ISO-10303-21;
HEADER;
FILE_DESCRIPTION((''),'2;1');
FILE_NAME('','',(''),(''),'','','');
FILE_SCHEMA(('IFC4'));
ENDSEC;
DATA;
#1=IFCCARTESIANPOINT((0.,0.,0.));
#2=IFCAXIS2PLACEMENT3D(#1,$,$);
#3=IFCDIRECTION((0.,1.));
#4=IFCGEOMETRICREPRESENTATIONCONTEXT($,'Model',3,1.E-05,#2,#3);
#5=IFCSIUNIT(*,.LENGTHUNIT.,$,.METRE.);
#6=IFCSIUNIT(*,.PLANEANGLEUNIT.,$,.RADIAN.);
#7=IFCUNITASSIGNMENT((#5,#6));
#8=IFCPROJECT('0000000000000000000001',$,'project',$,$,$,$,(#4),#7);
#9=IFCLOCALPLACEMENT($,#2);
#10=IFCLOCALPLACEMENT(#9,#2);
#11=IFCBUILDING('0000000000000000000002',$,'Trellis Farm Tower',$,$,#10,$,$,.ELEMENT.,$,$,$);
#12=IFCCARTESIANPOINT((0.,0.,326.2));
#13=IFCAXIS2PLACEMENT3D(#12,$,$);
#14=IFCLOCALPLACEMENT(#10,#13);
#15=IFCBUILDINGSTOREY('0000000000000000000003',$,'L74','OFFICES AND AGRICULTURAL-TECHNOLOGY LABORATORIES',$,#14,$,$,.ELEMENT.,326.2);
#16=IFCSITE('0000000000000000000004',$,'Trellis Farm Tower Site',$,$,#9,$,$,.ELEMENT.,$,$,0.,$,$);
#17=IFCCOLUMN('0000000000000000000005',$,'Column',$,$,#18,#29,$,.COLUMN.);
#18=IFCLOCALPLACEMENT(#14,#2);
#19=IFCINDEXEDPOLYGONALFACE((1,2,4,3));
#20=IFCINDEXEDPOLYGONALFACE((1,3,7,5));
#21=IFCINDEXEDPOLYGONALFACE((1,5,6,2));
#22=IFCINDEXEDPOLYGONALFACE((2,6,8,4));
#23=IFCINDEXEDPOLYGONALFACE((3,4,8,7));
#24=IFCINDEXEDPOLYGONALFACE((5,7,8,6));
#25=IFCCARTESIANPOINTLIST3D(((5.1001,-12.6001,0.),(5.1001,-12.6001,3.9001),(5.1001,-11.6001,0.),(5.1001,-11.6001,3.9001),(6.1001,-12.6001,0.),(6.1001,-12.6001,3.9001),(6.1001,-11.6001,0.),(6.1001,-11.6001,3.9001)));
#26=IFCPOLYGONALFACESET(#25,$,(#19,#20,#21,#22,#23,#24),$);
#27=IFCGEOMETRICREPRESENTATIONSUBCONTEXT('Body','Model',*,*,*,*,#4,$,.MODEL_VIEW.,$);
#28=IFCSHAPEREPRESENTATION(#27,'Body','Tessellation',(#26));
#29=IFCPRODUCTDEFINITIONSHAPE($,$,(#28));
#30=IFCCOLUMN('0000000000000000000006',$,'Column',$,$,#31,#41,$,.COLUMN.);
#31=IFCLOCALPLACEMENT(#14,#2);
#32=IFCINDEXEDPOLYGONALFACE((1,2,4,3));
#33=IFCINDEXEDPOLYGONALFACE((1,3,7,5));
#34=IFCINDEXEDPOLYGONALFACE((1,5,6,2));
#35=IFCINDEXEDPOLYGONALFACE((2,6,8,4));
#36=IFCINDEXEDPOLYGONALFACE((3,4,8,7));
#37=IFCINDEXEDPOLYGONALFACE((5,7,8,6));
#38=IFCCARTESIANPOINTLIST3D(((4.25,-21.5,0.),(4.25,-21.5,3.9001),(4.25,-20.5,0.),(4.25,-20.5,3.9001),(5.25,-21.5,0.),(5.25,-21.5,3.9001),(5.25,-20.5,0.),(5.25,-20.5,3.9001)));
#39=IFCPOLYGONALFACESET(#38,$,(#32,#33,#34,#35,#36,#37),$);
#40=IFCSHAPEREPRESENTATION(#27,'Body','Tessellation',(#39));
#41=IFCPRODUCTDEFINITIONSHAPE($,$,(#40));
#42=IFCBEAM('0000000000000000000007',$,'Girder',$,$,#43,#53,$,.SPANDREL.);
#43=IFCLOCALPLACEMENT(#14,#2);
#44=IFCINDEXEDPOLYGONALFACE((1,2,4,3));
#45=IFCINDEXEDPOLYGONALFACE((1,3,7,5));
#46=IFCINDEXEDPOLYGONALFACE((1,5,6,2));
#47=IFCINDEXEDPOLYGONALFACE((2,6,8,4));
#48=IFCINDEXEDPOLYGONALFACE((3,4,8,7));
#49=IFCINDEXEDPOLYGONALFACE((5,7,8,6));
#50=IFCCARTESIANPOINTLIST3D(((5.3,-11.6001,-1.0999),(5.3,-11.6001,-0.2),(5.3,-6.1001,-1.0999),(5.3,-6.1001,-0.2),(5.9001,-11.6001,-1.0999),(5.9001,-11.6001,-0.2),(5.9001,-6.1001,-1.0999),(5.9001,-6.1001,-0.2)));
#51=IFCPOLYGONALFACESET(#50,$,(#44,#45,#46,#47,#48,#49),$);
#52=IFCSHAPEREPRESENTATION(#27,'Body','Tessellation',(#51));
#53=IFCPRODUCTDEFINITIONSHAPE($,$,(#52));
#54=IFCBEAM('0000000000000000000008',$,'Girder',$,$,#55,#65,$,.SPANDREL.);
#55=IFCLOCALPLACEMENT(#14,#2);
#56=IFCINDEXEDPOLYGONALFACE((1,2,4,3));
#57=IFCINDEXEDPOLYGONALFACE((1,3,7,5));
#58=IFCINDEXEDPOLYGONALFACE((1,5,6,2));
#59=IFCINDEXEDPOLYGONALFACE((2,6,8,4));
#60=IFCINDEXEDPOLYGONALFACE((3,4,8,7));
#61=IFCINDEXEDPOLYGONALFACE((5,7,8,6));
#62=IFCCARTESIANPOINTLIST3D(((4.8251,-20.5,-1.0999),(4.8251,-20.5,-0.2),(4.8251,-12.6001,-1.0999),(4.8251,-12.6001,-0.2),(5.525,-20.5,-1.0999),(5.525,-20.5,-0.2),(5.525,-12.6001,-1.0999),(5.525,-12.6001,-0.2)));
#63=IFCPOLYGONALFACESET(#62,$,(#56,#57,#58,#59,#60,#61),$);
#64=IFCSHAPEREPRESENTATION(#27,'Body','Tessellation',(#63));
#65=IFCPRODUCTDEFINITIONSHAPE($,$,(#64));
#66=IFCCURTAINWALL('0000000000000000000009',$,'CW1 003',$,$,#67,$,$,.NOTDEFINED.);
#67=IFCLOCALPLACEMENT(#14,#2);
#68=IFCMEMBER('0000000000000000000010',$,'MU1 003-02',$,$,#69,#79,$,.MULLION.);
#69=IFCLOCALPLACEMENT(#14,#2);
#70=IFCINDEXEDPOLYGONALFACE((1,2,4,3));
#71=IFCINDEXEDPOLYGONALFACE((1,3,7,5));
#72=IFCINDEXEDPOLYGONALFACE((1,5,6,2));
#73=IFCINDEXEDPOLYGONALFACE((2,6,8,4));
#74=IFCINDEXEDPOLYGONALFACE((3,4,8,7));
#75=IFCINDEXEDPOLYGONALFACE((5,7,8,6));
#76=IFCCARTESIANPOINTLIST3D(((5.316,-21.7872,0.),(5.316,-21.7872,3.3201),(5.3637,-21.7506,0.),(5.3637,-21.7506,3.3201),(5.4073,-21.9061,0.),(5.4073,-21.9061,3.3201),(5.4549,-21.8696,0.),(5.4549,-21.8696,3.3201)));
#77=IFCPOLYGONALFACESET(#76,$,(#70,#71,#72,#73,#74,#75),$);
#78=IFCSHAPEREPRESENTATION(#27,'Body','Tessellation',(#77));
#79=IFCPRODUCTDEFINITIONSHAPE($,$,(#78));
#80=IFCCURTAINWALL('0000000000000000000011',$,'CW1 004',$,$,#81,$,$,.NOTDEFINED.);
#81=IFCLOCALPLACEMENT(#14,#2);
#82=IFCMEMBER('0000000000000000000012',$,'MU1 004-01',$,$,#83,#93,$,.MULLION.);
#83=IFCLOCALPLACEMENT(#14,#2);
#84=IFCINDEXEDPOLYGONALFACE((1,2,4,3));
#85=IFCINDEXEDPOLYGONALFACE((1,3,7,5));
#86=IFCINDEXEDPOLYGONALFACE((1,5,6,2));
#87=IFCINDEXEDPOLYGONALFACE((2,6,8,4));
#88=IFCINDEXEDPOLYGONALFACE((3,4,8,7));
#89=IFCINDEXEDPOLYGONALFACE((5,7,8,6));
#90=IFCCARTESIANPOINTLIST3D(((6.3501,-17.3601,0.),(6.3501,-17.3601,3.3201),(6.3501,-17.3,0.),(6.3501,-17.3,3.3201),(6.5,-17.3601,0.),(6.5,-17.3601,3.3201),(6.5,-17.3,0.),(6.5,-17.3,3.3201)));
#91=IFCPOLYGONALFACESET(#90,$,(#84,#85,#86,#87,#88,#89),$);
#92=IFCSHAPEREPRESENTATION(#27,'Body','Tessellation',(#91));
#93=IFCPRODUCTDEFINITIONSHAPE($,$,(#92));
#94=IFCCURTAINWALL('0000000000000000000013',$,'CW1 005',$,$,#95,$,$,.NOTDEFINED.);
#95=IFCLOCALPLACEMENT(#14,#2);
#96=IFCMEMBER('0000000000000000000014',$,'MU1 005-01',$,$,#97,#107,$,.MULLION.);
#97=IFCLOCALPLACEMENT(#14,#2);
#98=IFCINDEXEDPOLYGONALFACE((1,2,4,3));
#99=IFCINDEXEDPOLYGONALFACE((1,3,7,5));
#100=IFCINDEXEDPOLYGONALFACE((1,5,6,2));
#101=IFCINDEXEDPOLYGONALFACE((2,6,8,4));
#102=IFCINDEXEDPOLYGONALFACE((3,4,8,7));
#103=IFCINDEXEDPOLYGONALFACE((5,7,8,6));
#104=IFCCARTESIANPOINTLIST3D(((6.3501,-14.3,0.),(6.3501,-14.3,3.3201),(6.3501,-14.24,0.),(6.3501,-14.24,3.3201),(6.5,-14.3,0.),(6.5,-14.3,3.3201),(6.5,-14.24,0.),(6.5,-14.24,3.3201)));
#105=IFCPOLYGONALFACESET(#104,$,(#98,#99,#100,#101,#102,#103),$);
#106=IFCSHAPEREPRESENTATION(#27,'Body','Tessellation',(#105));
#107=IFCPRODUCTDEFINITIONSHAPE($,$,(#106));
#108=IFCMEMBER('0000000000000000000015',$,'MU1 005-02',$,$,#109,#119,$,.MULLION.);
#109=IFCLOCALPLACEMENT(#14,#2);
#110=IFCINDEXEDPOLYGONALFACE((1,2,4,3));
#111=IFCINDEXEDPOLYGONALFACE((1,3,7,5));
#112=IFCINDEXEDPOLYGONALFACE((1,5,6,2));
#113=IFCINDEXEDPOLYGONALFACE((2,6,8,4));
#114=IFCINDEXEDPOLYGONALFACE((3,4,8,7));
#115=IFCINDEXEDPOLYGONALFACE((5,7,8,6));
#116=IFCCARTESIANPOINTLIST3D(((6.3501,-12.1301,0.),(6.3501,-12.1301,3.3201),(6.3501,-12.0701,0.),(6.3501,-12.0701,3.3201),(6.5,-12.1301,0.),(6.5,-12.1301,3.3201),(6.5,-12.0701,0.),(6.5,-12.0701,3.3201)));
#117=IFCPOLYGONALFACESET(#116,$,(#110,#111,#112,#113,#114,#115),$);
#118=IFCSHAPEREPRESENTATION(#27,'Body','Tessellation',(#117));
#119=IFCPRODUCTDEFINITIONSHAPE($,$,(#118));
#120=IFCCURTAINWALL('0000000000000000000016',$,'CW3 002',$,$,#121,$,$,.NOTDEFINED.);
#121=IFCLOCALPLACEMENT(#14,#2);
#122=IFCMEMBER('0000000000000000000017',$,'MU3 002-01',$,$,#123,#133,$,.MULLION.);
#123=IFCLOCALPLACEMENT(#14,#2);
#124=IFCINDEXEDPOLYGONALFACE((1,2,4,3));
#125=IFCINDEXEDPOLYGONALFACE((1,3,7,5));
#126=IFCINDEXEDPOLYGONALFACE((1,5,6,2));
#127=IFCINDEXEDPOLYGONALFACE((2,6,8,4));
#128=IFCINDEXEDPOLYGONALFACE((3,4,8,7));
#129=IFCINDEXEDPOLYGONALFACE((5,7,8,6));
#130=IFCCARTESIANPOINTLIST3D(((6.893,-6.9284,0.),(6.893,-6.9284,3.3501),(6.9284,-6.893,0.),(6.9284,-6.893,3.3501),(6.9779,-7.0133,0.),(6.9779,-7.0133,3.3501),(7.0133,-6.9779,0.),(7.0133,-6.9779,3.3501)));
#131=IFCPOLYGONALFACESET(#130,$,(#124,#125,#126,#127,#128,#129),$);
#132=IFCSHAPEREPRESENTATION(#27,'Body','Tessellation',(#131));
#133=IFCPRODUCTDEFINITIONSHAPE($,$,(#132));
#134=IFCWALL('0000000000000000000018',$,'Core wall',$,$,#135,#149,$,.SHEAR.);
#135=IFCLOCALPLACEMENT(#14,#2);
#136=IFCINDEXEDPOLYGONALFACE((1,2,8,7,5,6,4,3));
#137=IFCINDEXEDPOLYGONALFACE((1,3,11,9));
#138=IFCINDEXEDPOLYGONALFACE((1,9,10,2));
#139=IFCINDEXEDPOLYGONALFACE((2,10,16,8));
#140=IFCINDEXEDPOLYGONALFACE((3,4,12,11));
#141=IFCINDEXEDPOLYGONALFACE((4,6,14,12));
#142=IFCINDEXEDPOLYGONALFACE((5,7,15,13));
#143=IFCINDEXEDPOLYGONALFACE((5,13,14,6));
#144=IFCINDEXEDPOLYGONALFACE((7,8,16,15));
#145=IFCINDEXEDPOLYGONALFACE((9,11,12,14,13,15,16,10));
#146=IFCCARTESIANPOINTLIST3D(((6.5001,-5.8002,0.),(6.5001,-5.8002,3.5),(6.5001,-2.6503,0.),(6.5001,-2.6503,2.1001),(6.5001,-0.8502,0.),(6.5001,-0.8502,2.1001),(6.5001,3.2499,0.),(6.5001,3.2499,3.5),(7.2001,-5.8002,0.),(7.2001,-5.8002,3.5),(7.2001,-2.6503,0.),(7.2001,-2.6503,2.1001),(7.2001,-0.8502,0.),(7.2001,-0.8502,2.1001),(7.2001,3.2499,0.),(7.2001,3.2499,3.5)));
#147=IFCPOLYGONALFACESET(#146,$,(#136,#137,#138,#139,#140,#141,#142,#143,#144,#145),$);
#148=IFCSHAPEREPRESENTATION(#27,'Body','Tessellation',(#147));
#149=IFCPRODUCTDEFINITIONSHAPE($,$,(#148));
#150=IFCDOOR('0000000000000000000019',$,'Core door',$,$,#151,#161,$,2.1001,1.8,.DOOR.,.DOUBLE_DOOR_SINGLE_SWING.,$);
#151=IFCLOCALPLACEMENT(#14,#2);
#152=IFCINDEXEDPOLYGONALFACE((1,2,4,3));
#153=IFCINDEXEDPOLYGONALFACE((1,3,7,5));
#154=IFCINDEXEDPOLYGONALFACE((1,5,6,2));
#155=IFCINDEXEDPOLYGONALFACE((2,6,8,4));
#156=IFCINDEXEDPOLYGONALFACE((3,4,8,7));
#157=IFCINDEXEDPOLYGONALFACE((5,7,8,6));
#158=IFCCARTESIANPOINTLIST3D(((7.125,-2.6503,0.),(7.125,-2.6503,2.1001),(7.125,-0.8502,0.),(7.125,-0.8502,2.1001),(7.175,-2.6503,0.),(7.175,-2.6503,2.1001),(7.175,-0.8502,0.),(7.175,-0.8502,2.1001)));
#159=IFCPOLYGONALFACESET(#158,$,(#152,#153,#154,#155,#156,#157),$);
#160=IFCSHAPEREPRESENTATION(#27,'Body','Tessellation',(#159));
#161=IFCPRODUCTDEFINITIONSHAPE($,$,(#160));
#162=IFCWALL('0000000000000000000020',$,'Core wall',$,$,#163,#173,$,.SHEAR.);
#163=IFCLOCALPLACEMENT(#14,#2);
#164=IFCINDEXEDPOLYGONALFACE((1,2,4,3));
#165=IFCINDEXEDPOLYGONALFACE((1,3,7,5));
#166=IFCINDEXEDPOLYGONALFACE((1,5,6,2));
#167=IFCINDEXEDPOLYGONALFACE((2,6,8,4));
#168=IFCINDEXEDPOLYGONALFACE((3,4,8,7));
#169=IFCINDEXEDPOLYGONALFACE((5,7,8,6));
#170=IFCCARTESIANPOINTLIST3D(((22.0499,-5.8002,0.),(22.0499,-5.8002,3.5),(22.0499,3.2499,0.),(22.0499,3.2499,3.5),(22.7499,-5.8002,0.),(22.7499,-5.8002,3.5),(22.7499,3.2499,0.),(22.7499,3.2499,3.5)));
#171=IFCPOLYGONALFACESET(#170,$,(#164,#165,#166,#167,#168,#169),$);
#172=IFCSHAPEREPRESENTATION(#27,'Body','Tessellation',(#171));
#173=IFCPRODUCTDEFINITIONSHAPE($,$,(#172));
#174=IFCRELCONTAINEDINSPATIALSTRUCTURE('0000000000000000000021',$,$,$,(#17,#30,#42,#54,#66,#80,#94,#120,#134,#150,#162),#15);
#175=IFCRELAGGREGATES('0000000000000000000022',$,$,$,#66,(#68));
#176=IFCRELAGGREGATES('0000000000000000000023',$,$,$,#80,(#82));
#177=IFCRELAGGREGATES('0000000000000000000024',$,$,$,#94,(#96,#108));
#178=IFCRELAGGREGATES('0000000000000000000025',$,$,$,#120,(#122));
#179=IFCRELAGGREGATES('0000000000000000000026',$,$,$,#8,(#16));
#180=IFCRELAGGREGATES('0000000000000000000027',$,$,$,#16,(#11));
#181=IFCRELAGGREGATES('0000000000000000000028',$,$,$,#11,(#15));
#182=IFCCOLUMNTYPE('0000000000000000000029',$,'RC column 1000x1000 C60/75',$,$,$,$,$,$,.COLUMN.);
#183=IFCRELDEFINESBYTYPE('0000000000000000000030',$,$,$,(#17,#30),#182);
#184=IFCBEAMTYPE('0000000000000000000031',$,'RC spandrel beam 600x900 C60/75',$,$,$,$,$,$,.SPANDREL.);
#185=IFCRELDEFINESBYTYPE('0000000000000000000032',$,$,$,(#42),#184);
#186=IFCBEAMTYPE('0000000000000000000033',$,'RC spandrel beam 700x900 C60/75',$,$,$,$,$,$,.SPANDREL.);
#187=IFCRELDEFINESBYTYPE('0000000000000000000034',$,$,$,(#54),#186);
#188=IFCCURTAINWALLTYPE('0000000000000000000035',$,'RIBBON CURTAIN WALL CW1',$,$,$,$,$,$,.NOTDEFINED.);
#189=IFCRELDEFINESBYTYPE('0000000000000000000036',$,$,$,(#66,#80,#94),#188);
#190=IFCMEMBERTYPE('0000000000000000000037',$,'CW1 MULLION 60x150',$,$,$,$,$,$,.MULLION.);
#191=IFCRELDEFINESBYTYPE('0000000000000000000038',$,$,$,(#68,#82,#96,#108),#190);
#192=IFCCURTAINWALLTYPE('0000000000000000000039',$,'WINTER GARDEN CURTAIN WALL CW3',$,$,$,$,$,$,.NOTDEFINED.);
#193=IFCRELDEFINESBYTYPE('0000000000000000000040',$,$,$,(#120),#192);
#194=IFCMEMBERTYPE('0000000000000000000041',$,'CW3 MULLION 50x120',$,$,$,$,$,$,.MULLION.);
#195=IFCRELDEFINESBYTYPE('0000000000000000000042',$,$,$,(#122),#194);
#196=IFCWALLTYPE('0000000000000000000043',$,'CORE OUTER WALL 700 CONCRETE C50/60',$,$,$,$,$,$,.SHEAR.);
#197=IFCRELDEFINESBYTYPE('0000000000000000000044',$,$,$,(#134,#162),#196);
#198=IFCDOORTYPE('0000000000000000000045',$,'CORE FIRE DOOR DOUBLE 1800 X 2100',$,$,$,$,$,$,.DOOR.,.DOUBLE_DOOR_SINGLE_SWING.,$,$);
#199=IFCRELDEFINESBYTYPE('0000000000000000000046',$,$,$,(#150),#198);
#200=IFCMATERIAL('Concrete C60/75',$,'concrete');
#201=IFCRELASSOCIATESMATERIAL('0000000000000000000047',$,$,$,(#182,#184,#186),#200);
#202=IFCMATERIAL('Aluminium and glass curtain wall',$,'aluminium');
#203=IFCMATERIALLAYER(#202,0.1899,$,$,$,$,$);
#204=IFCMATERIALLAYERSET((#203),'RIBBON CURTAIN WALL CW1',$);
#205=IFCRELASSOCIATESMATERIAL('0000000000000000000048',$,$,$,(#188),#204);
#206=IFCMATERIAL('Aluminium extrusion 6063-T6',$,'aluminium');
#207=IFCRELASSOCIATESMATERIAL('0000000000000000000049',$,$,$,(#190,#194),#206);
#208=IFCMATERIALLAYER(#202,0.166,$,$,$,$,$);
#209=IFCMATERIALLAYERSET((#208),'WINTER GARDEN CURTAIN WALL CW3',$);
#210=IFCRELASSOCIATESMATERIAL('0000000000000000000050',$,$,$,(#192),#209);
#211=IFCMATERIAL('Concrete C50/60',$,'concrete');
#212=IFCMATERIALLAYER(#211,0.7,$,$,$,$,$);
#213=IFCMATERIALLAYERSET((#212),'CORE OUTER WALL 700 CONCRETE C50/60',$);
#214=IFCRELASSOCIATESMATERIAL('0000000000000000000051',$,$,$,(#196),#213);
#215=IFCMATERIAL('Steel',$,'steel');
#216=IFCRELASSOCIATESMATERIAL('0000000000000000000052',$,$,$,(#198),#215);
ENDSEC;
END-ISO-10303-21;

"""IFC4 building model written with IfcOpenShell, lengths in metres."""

from ifc_helpers import new_model, si_unit, direction, frame, frame_2d, origin, origin_2d, place, context, subcontext, project, spatial, rectangle, extrude, source, transform, mapped, material, layer, layer_set, material_profile, profile_set, type_object, element, fill, aggregate, save


model = new_model("IFC4")

# Units and contexts
model_context = context("Model", 3, precision=1e-05, world=origin(), true_north=direction((0.0, 1.0)))
body_context = subcontext(model_context, "Body", "Model", "MODEL_VIEW")
ifc_project = project(units=[si_unit("LENGTHUNIT", "METRE"), si_unit("PLANEANGLEUNIT", "RADIAN")], contexts=[model_context])

# Site, building, storey
site_placement = place(None, origin())
site = spatial("IfcSite", under=ifc_project, at=site_placement, Name="Trellis Farm Tower Site", CompositionType="ELEMENT", RefElevation=0.0)
building_placement = place(site_placement, origin())
building = spatial("IfcBuilding", under=site, at=building_placement, Name="Trellis Farm Tower", CompositionType="ELEMENT")
storey_placement = place(building_placement, frame((0.0, 0.0, 326.2)))
storey = spatial("IfcBuildingStorey", under=building, at=storey_placement, Name="L74", Description="OFFICES AND AGRICULTURAL-TECHNOLOGY LABORATORIES", CompositionType="ELEMENT", Elevation=326.2)

# Columns
ifc_material_1 = material(Name="Concrete C60/75", Category="concrete")
ifc_material_profile_1 = material_profile(ifc_material_1, rectangle(XDim=1.0, YDim=1.0, at=origin_2d()), Name="RC column 1000x1000 C60/75")
ifc_profile_set_1 = profile_set([ifc_material_profile_1], Name="Concrete C60/75")
column_type = type_object("IfcColumnType", Name="RC column 1000x1000 C60/75", PredefinedType="COLUMN", material=ifc_profile_set_1)
shared_shape_1 = source(origin(), body_context, "Body", "SweptSolid", [
    extrude(rectangle(XDim=1.0, YDim=1.0, at=origin_2d()), origin(), (0.0, 0.0, 1.0), 3.9001),
])
for number, where, z_axis, x_axis, name in (
    (1, (5.6001, -12.1001, 0.0), (0.0, 0.0, 1.0), (1.0, 0.0, 0.0), "Column"),
    (2, (4.75, -21.0, 0.0), (0.0, 0.0, 1.0), (1.0, 0.0, 0.0), "Column"),
):
    element("IfcColumn", number, at=place(storey_placement, frame(where, z_axis=z_axis, x_axis=x_axis)), inside=storey, type_object=column_type, Name=name, PredefinedType="COLUMN", context=body_context, shape_type="MappedRepresentation", body=[
        mapped(shared_shape_1, transform((0.0, 0.0, 0.0))),
    ])

# Beams
ifc_material_profile_2 = material_profile(ifc_material_1, rectangle(XDim=0.6001, YDim=0.8999, at=origin_2d()), Name="RC spandrel beam 600x900 C60/75")
ifc_profile_set_2 = profile_set([ifc_material_profile_2], Name="Concrete C60/75")
beam_type_1 = type_object("IfcBeamType", Name="RC spandrel beam 600x900 C60/75", PredefinedType="SPANDREL", material=ifc_profile_set_2)
shared_shape_2 = source(origin(), body_context, "Body", "SweptSolid", [
    extrude(rectangle(XDim=0.6001, YDim=0.8999, at=origin_2d()), origin(), (0.0, 0.0, 1.0), 5.5),
])
beam_1_placement = place(storey_placement, frame((5.6001, -11.6001, -0.6499), z_axis=(0.0, 1.0, 0.0), x_axis=(-1.0, 0.0, 0.0)))
element("IfcBeam", 3, at=beam_1_placement, inside=storey, type_object=beam_type_1, Name="Girder", PredefinedType="SPANDREL", context=body_context, shape_type="MappedRepresentation", body=[
    mapped(shared_shape_2, transform((0.0, 0.0, 0.0))),
])
ifc_material_profile_3 = material_profile(ifc_material_1, rectangle(XDim=0.7, YDim=0.8999, at=origin_2d()), Name="RC spandrel beam 700x900 C60/75")
ifc_profile_set_3 = profile_set([ifc_material_profile_3], Name="Concrete C60/75")
beam_type_2 = type_object("IfcBeamType", Name="RC spandrel beam 700x900 C60/75", PredefinedType="SPANDREL", material=ifc_profile_set_3)
shared_shape_3 = source(origin(), body_context, "Body", "SweptSolid", [
    extrude(rectangle(XDim=0.7, YDim=0.8999, at=origin_2d()), origin(), (0.0, 0.0, 1.0), 7.8999),
])
beam_2_placement = place(storey_placement, frame((5.175, -20.5, -0.6499), z_axis=(0.0, 1.0, 0.0), x_axis=(-1.0, 0.0, 0.0)))
element("IfcBeam", 4, at=beam_2_placement, inside=storey, type_object=beam_type_2, Name="Girder", PredefinedType="SPANDREL", context=body_context, shape_type="MappedRepresentation", body=[
    mapped(shared_shape_3, transform((0.0, 0.0, 0.0))),
])

# Curtain walls, members
ifc_material_2 = material(Name="Aluminium and glass curtain wall", Category="aluminium")
ifc_layer_1 = layer(ifc_material_2, 0.1899)
ifc_layer_set_1 = layer_set([ifc_layer_1], Name="RIBBON CURTAIN WALL CW1")
curtain_wall_type_1 = type_object("IfcCurtainWallType", Name="RIBBON CURTAIN WALL CW1", PredefinedType="NOTDEFINED", material=ifc_layer_set_1)
placement = place(storey_placement, origin())
curtain_wall_1 = element("IfcCurtainWall", 5, at=placement, inside=storey, type_object=curtain_wall_type_1, Name="CW1 003", PredefinedType="NOTDEFINED")
ifc_material_3 = material(Name="Aluminium extrusion 6063-T6", Category="aluminium")
ifc_material_profile_4 = material_profile(ifc_material_3, rectangle(XDim=0.0601, YDim=0.1499, at=origin_2d()), Name="MULLION 60x150")
ifc_profile_set_4 = profile_set([ifc_material_profile_4], Name="Aluminium extrusion 6063-T6")
member_type_1 = type_object("IfcMemberType", Name="CW1 MULLION 60x150", PredefinedType="MULLION", material=ifc_profile_set_4)
shared_shape_4 = source(origin(), body_context, "Body", "SweptSolid", [
    extrude(rectangle(XDim=0.0601, YDim=0.1499, at=origin_2d()), origin(), (0.0, 0.0, 1.0), 3.3201),
])
member_1_placement = place(storey_placement, frame((5.3855, -21.8284, 0.0), z_axis=(0.0, 0.0, 1.0), x_axis=(0.793353, 0.608761, 0.0)))
member_1 = element("IfcMember", 6, at=member_1_placement, type_object=member_type_1, Name="MU1 003-02", PredefinedType="MULLION", context=body_context, shape_type="MappedRepresentation", body=[
    mapped(shared_shape_4, transform((0.0, 0.0, 0.0))),
])
aggregate(curtain_wall_1, [member_1])
curtain_wall_2 = element("IfcCurtainWall", 7, at=placement, inside=storey, type_object=curtain_wall_type_1, Name="CW1 004", PredefinedType="NOTDEFINED")
member_2_placement = place(storey_placement, frame((6.425, -17.3301, 0.0), z_axis=(0.0, 0.0, 1.0), x_axis=(0.0, 1.0, 0.0)))
member_2 = element("IfcMember", 8, at=member_2_placement, type_object=member_type_1, Name="MU1 004-01", PredefinedType="MULLION", context=body_context, shape_type="MappedRepresentation", body=[
    mapped(shared_shape_4, transform((0.0, 0.0, 0.0))),
])
aggregate(curtain_wall_2, [member_2])

# Curtain wall, members
curtain_wall_3 = element("IfcCurtainWall", 9, at=placement, inside=storey, type_object=curtain_wall_type_1, Name="CW1 005", PredefinedType="NOTDEFINED")
member_3_placement = place(storey_placement, frame((6.425, -14.27, 0.0), z_axis=(0.0, 0.0, 1.0), x_axis=(0.0, 1.0, 0.0)))
member_3 = element("IfcMember", 10, at=member_3_placement, type_object=member_type_1, Name="MU1 005-01", PredefinedType="MULLION", context=body_context, shape_type="MappedRepresentation", body=[
    mapped(shared_shape_4, transform((0.0, 0.0, 0.0))),
])
member_4_placement = place(storey_placement, frame((6.425, -12.1001, 0.0), z_axis=(0.0, 0.0, 1.0), x_axis=(0.0, 1.0, 0.0)))
member_4 = element("IfcMember", 11, at=member_4_placement, type_object=member_type_1, Name="MU1 005-02", PredefinedType="MULLION", context=body_context, shape_type="MappedRepresentation", body=[
    mapped(shared_shape_4, transform((0.0, 0.0, 0.0))),
])
aggregate(curtain_wall_3, [member_3, member_4])

# Curtain wall, member
ifc_layer_2 = layer(ifc_material_2, 0.166)
ifc_layer_set_2 = layer_set([ifc_layer_2], Name="WINTER GARDEN CURTAIN WALL CW3")
curtain_wall_type_2 = type_object("IfcCurtainWallType", Name="WINTER GARDEN CURTAIN WALL CW3", PredefinedType="NOTDEFINED", material=ifc_layer_set_2)
curtain_wall_4 = element("IfcCurtainWall", 12, at=placement, inside=storey, type_object=curtain_wall_type_2, Name="CW3 002", PredefinedType="NOTDEFINED")
ifc_material_profile_5 = material_profile(ifc_material_3, rectangle(XDim=0.05, YDim=0.1201, at=origin_2d()), Name="MULLION 50x120")
ifc_profile_set_5 = profile_set([ifc_material_profile_5], Name="Aluminium extrusion 6063-T6")
member_type_2 = type_object("IfcMemberType", Name="CW3 MULLION 50x120", PredefinedType="MULLION", material=ifc_profile_set_5)
shared_shape_5 = source(origin(), body_context, "Body", "SweptSolid", [
    extrude(rectangle(XDim=0.05, YDim=0.1201, at=origin_2d()), origin(), (0.0, 0.0, 1.0), 3.3501),
])
member_5_placement = place(storey_placement, frame((6.9531, -6.9531, 0.0), z_axis=(0.0, 0.0, 1.0), x_axis=(0.707107, 0.707107, 0.0)))
member_5 = element("IfcMember", 13, at=member_5_placement, type_object=member_type_2, Name="MU3 002-01", PredefinedType="MULLION", context=body_context, shape_type="MappedRepresentation", body=[
    mapped(shared_shape_5, transform((0.0, 0.0, 0.0))),
])
aggregate(curtain_wall_4, [member_5])

# Wall, opening, door
ifc_material_4 = material(Name="Concrete C50/60", Category="concrete")
ifc_layer_3 = layer(ifc_material_4, 0.7)
ifc_layer_set_3 = layer_set([ifc_layer_3], Name="CORE OUTER WALL 700 CONCRETE C50/60")
wall_type_1 = type_object("IfcWallType", Name="CORE OUTER WALL 700 CONCRETE C50/60", PredefinedType="SHEAR", material=ifc_layer_set_3)
shared_shape_6 = source(origin(), body_context, "Body", "SweptSolid", [
    extrude(rectangle(XDim=9.05, YDim=0.7, at=frame_2d((4.5249, 0.0))), origin(), (0.0, 0.0, 1.0), 3.5),
])
wall_1_placement = place(storey_placement, frame((6.8501, -5.8, 0.0), z_axis=(0.0, 0.0, 1.0), x_axis=(0.0, 1.0, 0.0)))
wall_1 = element("IfcWall", 14, at=wall_1_placement, inside=storey, type_object=wall_type_1, Name="Core wall", PredefinedType="SHEAR", context=body_context, shape_type="MappedRepresentation", body=[
    mapped(shared_shape_6, transform((0.0, 0.0, 0.0))),
])
shared_shape_7 = source(origin(), body_context, "Body", "SweptSolid", [
    extrude(rectangle(XDim=1.8, YDim=2.1001, at=frame_2d((0.8999, 1.05))), frame((0.0, 0.3601, 0.0), z_axis=(0.0, -1.0, 0.0), x_axis=(1.0, 0.0, 0.0)), (0.0, 0.0, 1.0), 0.7202),
])
opening_1_placement = place(wall_1_placement, frame((3.1499, 0.0, 0.0)))
opening_1 = element("IfcOpeningElement", 15, at=opening_1_placement, cuts=wall_1, PredefinedType="OPENING", context=body_context, shape_type="MappedRepresentation", body=[
    mapped(shared_shape_7, transform((0.0, 0.0, 0.0))),
])
ifc_material_5 = material(Name="Steel", Category="steel")
door_type_1 = type_object("IfcDoorType", Name="CORE FIRE DOOR DOUBLE 1800 X 2100", OperationType="DOUBLE_DOOR_SINGLE_SWING", PredefinedType="DOOR", material=ifc_material_5)
shared_shape_8 = source(origin(), body_context, "Body", "SweptSolid", [
    extrude(rectangle(XDim=1.8, YDim=2.1001, at=frame_2d((0.8999, 1.05))), frame((0.0, -0.2749, 0.0), z_axis=(0.0, -1.0, 0.0), x_axis=(1.0, 0.0, 0.0)), (0.0, 0.0, 1.0), 0.05),
])
door_1_placement = place(opening_1_placement, origin())
door_1 = element("IfcDoor", 16, at=door_1_placement, inside=storey, type_object=door_type_1, Name="Core door", OperationType="DOUBLE_DOOR_SINGLE_SWING", OverallHeight=2.1001, OverallWidth=1.8, PredefinedType="DOOR", context=body_context, shape_type="MappedRepresentation", body=[
    mapped(shared_shape_8, transform((0.0, 0.0, 0.0))),
])
fill(opening_1, door_1)

# Wall
wall_2_placement = place(storey_placement, frame((22.3999, -5.8, 0.0), z_axis=(0.0, 0.0, 1.0), x_axis=(0.0, 1.0, 0.0)))
element("IfcWall", 17, at=wall_2_placement, inside=storey, type_object=wall_type_1, Name="Core wall", PredefinedType="SHEAR", context=body_context, shape_type="MappedRepresentation", body=[
    mapped(shared_shape_6, transform((0.0, 0.0, 0.0))),
])

save(model, "model.ifc")
